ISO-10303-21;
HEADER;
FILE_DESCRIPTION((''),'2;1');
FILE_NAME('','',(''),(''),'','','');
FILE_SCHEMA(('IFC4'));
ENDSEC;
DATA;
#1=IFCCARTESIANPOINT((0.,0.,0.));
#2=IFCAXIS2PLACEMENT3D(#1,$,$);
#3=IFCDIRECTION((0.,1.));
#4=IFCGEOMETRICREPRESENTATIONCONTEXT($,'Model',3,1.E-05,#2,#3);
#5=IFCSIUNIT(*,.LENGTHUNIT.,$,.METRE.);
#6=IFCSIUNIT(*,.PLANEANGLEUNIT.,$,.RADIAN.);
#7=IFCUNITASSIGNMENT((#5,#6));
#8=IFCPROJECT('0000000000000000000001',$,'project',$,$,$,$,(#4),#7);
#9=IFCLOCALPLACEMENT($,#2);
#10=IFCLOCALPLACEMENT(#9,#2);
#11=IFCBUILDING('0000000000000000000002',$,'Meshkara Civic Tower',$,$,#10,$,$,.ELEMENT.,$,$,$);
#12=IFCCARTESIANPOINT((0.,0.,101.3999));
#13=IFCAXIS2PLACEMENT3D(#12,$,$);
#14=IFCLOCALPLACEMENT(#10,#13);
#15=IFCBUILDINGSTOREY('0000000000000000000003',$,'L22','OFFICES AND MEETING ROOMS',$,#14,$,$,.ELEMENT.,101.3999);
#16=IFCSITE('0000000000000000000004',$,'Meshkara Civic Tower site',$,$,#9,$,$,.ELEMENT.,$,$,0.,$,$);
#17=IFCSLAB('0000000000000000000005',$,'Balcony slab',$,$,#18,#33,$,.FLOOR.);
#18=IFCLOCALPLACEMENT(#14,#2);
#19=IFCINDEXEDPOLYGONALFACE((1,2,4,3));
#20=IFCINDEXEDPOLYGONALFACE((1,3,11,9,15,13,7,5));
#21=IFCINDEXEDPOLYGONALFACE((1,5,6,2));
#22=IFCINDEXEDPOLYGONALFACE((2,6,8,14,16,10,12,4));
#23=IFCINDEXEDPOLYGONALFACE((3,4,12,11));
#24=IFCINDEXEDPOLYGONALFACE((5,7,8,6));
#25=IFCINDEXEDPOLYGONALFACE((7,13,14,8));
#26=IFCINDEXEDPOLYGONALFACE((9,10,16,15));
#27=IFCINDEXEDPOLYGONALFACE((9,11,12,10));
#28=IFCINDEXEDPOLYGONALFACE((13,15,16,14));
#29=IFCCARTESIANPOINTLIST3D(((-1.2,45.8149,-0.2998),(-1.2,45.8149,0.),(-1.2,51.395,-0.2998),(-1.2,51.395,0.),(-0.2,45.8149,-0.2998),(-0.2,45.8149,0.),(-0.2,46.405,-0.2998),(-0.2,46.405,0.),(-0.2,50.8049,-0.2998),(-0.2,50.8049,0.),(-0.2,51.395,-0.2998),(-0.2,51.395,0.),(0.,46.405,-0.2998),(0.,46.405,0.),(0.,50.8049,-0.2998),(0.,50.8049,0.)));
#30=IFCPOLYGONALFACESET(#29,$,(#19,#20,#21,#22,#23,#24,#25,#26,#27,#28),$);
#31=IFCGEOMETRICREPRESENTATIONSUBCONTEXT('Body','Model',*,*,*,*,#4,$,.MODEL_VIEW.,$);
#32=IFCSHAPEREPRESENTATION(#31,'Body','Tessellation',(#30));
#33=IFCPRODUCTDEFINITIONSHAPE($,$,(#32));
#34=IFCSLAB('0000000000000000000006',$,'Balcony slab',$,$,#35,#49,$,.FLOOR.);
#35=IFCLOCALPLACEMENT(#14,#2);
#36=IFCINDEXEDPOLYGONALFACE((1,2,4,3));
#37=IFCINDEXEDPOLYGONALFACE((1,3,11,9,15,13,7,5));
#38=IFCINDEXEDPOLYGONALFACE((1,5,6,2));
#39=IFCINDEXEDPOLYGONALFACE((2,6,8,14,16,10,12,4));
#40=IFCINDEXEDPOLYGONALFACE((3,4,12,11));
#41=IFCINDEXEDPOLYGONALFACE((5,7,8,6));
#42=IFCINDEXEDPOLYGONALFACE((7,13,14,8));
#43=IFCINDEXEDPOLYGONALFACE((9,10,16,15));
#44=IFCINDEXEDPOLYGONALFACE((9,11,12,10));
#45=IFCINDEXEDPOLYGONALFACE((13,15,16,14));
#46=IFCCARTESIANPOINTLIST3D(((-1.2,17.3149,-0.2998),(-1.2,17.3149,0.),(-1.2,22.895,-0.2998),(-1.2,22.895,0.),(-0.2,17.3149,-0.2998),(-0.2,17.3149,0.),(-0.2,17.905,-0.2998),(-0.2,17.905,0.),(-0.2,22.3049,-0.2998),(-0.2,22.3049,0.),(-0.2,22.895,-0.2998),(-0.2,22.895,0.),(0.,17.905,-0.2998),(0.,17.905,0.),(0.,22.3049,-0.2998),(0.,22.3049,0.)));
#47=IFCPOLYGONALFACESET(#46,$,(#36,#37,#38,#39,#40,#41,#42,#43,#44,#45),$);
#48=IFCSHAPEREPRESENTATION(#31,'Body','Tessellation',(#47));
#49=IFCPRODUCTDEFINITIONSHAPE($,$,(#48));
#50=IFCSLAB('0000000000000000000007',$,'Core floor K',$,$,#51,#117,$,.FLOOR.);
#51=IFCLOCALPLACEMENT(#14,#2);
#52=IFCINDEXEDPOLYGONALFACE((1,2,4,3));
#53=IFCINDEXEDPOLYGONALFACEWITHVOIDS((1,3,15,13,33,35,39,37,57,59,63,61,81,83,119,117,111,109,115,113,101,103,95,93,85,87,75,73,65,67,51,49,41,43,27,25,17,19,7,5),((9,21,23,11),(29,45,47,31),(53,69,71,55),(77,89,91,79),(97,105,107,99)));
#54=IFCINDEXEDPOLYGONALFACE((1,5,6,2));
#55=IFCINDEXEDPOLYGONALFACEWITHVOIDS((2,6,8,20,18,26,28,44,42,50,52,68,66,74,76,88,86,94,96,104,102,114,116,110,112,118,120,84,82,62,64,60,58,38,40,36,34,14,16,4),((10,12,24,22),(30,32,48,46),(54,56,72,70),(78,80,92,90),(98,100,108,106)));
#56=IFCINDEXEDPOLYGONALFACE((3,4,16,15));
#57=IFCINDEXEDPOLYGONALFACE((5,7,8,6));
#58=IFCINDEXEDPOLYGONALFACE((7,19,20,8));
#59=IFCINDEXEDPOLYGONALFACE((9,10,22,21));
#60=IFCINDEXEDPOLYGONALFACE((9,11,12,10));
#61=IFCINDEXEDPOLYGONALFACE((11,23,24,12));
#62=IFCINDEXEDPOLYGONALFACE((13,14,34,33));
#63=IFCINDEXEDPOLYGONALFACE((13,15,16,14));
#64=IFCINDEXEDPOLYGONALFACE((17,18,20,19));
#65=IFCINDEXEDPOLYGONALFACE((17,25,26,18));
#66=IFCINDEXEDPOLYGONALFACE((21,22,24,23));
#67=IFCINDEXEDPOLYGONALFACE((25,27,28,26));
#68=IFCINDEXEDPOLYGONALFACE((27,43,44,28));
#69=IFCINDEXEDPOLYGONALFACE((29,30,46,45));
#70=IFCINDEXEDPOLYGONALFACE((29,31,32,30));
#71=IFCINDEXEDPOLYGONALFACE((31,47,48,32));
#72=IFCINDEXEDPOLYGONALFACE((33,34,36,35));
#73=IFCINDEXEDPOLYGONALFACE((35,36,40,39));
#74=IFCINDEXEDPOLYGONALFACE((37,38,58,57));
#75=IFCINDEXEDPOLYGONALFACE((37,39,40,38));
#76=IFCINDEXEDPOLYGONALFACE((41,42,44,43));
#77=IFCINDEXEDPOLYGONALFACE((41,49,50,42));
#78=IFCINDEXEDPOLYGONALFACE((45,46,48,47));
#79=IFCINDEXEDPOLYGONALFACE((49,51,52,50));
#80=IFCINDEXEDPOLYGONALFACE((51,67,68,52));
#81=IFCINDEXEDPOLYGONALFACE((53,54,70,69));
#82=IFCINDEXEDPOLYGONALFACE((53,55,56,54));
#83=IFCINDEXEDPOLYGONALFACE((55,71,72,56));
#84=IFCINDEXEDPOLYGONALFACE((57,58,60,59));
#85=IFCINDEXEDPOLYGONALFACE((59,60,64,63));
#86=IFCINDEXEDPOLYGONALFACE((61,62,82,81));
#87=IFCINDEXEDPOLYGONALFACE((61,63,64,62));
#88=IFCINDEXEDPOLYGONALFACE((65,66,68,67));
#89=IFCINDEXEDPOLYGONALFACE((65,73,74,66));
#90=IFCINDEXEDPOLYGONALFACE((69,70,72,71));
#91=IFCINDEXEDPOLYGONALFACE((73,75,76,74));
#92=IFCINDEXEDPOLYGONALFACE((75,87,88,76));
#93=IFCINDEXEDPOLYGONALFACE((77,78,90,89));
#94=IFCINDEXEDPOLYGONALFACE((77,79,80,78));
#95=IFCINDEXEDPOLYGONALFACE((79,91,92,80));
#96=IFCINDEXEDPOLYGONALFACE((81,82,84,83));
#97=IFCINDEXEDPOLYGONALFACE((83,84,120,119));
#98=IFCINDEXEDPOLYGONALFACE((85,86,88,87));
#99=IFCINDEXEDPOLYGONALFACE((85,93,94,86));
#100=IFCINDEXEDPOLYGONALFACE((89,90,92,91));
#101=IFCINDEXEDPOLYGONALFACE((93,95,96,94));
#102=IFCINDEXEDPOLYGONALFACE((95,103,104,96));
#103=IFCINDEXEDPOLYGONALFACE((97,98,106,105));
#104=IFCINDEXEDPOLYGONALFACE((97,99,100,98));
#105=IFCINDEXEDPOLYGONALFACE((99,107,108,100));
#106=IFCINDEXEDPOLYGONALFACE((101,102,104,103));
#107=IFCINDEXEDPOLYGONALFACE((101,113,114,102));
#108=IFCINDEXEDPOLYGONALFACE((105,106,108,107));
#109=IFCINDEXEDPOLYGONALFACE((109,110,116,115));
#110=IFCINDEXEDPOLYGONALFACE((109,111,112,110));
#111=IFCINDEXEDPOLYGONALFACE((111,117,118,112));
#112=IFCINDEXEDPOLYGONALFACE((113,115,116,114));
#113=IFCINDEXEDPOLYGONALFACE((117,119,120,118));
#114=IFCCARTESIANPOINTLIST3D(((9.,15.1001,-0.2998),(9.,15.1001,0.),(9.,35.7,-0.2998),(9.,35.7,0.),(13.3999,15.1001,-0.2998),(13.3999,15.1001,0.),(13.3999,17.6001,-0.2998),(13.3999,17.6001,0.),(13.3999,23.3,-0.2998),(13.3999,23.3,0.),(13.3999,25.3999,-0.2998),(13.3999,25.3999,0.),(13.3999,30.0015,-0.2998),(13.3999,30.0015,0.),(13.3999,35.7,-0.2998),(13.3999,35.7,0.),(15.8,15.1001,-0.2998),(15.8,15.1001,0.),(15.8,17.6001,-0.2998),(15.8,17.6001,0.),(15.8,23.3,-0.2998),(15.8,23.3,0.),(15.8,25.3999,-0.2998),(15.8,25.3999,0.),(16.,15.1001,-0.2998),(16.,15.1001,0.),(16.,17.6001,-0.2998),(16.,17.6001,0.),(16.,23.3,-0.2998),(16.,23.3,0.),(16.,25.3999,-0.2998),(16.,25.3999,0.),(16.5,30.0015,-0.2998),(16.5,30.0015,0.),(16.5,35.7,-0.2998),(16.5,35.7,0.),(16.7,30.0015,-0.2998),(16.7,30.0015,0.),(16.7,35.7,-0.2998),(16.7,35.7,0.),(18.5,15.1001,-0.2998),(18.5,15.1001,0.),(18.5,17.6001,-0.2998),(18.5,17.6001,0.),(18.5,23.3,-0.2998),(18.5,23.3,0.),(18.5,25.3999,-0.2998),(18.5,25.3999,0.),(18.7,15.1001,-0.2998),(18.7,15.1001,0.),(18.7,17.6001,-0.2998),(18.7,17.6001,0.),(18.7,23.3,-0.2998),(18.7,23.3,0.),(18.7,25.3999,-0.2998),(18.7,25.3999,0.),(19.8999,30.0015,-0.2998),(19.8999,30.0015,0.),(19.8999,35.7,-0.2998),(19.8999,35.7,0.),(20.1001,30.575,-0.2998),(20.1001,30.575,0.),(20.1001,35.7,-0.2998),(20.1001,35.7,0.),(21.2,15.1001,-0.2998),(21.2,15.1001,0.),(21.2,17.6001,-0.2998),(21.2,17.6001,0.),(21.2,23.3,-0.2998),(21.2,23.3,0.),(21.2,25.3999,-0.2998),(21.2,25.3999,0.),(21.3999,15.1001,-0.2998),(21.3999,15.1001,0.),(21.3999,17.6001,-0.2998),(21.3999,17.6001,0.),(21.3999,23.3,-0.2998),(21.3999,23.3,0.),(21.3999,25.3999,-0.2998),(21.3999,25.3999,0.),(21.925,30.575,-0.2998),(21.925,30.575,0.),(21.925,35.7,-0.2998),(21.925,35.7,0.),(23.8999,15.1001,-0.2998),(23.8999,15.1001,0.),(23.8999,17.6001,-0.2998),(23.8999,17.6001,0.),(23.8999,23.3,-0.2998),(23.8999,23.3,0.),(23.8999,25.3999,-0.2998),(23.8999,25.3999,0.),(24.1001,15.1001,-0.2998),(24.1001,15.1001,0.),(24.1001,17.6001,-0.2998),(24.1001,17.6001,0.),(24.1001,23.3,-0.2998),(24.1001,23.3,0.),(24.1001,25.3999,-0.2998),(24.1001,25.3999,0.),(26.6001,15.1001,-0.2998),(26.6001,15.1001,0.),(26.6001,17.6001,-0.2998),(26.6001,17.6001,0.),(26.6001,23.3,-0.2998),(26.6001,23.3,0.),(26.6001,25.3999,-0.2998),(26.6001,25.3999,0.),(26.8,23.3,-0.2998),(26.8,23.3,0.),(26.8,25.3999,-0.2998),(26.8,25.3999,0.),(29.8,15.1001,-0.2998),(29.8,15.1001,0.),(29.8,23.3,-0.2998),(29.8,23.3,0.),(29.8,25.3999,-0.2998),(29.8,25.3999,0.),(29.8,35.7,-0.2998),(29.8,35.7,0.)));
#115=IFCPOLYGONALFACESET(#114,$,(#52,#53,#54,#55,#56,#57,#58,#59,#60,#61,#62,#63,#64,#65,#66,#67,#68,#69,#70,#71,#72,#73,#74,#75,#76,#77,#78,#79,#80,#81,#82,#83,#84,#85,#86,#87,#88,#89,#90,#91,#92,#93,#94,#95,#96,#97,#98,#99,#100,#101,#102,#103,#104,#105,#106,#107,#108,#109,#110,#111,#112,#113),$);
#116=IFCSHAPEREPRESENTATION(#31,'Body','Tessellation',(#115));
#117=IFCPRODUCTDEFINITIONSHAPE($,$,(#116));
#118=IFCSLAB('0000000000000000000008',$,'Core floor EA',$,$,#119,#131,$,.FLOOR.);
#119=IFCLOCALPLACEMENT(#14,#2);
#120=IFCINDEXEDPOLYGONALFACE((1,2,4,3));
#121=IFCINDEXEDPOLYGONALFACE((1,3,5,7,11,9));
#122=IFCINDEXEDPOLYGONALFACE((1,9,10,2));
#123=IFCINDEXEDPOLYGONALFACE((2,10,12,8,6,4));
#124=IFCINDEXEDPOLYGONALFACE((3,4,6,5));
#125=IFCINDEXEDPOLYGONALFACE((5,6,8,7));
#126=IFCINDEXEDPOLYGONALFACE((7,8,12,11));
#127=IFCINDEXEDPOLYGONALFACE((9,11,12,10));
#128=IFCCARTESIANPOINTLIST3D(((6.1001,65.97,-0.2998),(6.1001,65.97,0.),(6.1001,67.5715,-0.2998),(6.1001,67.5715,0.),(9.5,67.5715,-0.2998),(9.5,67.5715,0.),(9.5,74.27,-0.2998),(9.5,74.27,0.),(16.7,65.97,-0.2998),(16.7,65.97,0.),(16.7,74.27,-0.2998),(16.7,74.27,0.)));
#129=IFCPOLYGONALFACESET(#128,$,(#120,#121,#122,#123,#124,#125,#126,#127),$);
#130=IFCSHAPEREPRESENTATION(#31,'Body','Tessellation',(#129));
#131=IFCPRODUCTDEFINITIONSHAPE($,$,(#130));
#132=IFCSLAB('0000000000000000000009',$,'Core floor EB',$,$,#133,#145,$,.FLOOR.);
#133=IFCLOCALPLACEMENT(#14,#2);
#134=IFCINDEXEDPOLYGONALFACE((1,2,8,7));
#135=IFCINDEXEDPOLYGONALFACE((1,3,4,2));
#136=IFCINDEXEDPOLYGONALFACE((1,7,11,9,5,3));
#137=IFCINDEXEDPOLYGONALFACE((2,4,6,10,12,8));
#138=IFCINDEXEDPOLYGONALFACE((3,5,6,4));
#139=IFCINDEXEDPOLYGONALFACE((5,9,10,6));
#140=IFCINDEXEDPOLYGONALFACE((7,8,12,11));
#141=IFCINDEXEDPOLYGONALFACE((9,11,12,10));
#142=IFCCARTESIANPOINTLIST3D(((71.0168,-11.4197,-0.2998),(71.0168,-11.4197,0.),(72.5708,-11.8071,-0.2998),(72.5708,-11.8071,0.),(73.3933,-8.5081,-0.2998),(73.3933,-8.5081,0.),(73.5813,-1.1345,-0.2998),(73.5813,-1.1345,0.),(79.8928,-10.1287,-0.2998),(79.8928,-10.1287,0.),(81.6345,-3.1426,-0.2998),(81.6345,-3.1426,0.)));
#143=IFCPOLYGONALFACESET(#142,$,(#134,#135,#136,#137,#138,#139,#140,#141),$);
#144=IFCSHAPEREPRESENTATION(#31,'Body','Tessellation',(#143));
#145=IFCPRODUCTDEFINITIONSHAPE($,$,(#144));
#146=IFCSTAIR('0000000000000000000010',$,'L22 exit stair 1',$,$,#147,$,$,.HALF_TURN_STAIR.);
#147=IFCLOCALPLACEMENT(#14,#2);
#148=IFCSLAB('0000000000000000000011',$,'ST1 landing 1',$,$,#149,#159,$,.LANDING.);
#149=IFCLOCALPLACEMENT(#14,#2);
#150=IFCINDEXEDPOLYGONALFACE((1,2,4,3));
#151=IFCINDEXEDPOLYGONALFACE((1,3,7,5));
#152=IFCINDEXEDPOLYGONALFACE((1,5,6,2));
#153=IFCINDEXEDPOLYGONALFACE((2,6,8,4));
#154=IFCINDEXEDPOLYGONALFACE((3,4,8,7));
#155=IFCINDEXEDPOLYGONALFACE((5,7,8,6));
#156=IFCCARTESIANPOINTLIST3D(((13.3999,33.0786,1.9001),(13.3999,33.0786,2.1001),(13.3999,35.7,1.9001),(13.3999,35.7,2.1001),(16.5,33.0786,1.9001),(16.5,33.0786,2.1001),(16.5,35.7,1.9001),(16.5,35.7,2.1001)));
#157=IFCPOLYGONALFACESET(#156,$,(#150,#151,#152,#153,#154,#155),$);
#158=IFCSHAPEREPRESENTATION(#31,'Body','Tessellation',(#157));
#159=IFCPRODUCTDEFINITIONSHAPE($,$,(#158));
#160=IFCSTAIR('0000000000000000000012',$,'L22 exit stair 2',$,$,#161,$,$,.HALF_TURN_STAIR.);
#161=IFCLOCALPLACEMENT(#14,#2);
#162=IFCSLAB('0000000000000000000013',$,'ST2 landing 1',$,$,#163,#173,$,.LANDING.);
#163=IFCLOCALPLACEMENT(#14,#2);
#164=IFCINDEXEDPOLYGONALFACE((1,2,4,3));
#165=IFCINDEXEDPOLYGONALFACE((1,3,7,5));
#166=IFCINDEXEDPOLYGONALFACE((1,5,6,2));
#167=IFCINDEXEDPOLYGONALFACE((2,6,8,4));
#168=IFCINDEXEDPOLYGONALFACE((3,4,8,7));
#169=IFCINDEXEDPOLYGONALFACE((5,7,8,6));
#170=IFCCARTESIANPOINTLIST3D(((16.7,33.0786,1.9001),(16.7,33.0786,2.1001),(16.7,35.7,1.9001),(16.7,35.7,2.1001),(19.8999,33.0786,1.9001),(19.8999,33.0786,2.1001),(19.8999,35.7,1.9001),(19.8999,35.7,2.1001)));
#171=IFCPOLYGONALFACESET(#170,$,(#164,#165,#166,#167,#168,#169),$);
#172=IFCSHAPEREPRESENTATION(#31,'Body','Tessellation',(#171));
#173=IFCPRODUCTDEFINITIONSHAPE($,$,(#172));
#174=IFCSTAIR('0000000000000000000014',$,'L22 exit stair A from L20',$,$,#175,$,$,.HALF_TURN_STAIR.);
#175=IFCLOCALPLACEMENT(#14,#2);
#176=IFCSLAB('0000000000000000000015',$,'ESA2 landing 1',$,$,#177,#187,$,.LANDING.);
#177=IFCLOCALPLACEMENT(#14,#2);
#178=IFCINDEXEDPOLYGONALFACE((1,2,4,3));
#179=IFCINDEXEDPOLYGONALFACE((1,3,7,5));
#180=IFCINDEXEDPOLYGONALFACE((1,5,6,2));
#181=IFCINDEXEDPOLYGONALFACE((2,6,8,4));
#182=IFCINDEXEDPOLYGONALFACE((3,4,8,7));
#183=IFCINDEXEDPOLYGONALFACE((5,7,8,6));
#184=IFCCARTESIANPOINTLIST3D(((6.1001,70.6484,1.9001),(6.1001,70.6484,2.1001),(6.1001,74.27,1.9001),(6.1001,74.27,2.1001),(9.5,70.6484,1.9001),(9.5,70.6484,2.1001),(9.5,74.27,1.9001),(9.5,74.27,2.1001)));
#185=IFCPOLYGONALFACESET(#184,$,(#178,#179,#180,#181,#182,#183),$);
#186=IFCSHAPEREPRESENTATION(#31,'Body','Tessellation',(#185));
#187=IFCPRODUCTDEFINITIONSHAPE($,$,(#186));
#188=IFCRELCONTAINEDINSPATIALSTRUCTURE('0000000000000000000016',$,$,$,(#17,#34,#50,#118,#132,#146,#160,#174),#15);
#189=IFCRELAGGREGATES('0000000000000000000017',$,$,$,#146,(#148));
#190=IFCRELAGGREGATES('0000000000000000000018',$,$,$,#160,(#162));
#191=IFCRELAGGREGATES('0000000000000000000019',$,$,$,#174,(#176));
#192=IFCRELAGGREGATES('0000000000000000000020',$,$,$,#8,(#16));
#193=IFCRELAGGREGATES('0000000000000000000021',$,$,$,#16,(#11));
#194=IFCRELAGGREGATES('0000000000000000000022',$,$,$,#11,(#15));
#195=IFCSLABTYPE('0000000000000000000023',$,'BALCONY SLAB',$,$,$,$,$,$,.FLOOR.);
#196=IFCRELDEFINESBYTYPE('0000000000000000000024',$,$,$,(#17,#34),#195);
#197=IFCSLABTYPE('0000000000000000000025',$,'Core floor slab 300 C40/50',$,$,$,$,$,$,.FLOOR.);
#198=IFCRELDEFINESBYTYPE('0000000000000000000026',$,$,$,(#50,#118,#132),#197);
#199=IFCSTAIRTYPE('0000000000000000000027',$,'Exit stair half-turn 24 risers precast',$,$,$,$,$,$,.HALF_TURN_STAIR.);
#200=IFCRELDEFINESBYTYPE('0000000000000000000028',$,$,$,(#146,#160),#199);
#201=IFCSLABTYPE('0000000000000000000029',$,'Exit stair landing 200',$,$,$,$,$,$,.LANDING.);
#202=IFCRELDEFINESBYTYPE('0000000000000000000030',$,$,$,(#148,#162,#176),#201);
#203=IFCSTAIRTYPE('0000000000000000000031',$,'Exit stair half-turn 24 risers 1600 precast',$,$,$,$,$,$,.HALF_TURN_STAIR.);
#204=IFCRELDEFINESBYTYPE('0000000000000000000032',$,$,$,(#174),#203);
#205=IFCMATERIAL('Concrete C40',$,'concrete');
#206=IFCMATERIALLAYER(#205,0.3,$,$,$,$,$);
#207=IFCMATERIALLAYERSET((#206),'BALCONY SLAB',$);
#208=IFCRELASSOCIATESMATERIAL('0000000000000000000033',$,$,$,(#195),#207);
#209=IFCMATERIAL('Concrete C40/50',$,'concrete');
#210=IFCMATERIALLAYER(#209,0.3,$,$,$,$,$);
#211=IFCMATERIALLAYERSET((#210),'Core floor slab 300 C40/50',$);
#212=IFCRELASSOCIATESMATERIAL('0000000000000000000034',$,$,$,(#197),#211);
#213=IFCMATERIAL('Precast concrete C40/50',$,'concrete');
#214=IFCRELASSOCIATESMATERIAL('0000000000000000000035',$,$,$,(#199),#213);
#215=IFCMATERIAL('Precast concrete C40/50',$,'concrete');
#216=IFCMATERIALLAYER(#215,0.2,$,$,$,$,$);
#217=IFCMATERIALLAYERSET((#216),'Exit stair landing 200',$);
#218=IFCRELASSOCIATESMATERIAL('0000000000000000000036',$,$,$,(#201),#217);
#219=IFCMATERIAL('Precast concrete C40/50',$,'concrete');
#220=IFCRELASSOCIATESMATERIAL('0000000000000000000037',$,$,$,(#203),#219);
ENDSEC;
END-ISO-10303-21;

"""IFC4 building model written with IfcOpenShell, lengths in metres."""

from ifc_helpers import new_model, si_unit, direction, frame, origin, place, context, subcontext, project, spatial, polyline, outline, extrude, material, layer, layer_set, type_object, element, aggregate, save


model = new_model("IFC4")

# Units and contexts
model_context = context("Model", 3, precision=1e-05, world=origin(), true_north=direction((0.0, 1.0)))
body_context = subcontext(model_context, "Body", "Model", "MODEL_VIEW")
ifc_project = project(units=[si_unit("LENGTHUNIT", "METRE"), si_unit("PLANEANGLEUNIT", "RADIAN")], contexts=[model_context])

# Site, building, storey
site_placement = place(None, origin())
site = spatial("IfcSite", under=ifc_project, at=site_placement, Name="Meshkara Civic Tower site", CompositionType="ELEMENT", RefElevation=0.0)
building_placement = place(site_placement, origin())
building = spatial("IfcBuilding", under=site, at=building_placement, Name="Meshkara Civic Tower", CompositionType="ELEMENT")
storey_placement = place(building_placement, frame((0.0, 0.0, 101.3999)))
storey = spatial("IfcBuildingStorey", under=building, at=storey_placement, Name="L22", Description="OFFICES AND MEETING ROOMS", CompositionType="ELEMENT", Elevation=101.3999)

# Slabs
ifc_material_1 = material(Name="Concrete C40", Category="concrete")
ifc_layer_1 = layer(ifc_material_1, 0.3)
ifc_layer_set_1 = layer_set([ifc_layer_1], Name="BALCONY SLAB")
slab_type_1 = type_object("IfcSlabType", Name="BALCONY SLAB", PredefinedType="FLOOR", material=ifc_layer_set_1)
slab_1_placement = place(storey_placement, frame((0.0, 0.0, -0.2998)))
element("IfcSlab", 1, at=slab_1_placement, inside=storey, type_object=slab_type_1, Name="Balcony slab", PredefinedType="FLOOR", context=body_context, shape_type="SweptSolid", body=[
    extrude(outline(polyline([(-1.2, 45.8149), (-1.2, 51.395), (-0.2, 51.395), (-0.2, 50.8049), (0.0, 50.8049), (0.0, 46.405), (-0.2, 46.405), (-0.2, 45.8149), (-1.2, 45.8149)])), origin(), (0.0, 0.0, 1.0), 0.2998),
])
slab_2_placement = place(storey_placement, frame((0.0, 0.0, -0.2998)))
element("IfcSlab", 2, at=slab_2_placement, inside=storey, type_object=slab_type_1, Name="Balcony slab", PredefinedType="FLOOR", context=body_context, shape_type="SweptSolid", body=[
    extrude(outline(polyline([(-1.2, 17.3149), (-1.2, 22.895), (-0.2, 22.895), (-0.2, 22.3049), (0.0, 22.3049), (0.0, 17.905), (-0.2, 17.905), (-0.2, 17.3149), (-1.2, 17.3149)])), origin(), (0.0, 0.0, 1.0), 0.2998),
])
ifc_material_2 = material(Name="Concrete C40/50", Category="concrete")
ifc_layer_2 = layer(ifc_material_2, 0.3)
ifc_layer_set_2 = layer_set([ifc_layer_2], Name="Core floor slab 300 C40/50")
slab_type_2 = type_object("IfcSlabType", Name="Core floor slab 300 C40/50", PredefinedType="FLOOR", material=ifc_layer_set_2)
slab_3_placement = place(storey_placement, frame((0.0, 0.0, -0.2998)))
element("IfcSlab", 3, at=slab_3_placement, inside=storey, type_object=slab_type_2, Name="Core floor K", PredefinedType="FLOOR", context=body_context, shape_type="SweptSolid", body=[
    extrude(outline(polyline([(9.0, 35.7), (13.3999, 35.7), (13.3999, 30.0015), (16.5, 30.0015), (16.5, 35.7), (16.7, 35.7), (16.7, 30.0015), (19.8999, 30.0015), (19.8999, 35.7), (20.1001, 35.7), (20.1001, 30.575), (21.925, 30.575), (21.925, 35.7), (29.8, 35.7), (29.8, 25.3999), (26.8, 25.3999), (26.8, 23.3), (29.8, 23.3), (29.8, 15.1001), (26.6001, 15.1001), (26.6001, 17.6001), (24.1001, 17.6001), (24.1001, 15.1001), (23.8999, 15.1001), (23.8999, 17.6001), (21.3999, 17.6001), (21.3999, 15.1001), (21.2, 15.1001), (21.2, 17.6001), (18.7, 17.6001), (18.7, 15.1001), (18.5, 15.1001), (18.5, 17.6001), (16.0, 17.6001), (16.0, 15.1001), (15.8, 15.1001), (15.8, 17.6001), (13.3999, 17.6001), (13.3999, 15.1001), (9.0, 15.1001), (9.0, 35.7)]), holes=[polyline([(13.3999, 25.3999), (13.3999, 23.3), (15.8, 23.3), (15.8, 25.3999), (13.3999, 25.3999)]), polyline([(18.5, 23.3), (18.5, 25.3999), (16.0, 25.3999), (16.0, 23.3), (18.5, 23.3)]), polyline([(18.7, 25.3999), (18.7, 23.3), (21.2, 23.3), (21.2, 25.3999), (18.7, 25.3999)]), polyline([(23.8999, 23.3), (23.8999, 25.3999), (21.3999, 25.3999), (21.3999, 23.3), (23.8999, 23.3)]), polyline([(26.6001, 23.3), (26.6001, 25.3999), (24.1001, 25.3999), (24.1001, 23.3), (26.6001, 23.3)])]), origin(), (0.0, 0.0, 1.0), 0.2998),
])
slab_4_placement = place(storey_placement, frame((0.0, 0.0, -0.2998)))
element("IfcSlab", 4, at=slab_4_placement, inside=storey, type_object=slab_type_2, Name="Core floor EA", PredefinedType="FLOOR", context=body_context, shape_type="SweptSolid", body=[
    extrude(outline(polyline([(16.7, 65.97), (16.7, 74.27), (9.5, 74.27), (9.5, 67.5715), (6.1001, 67.5715), (6.1001, 65.97), (16.7, 65.97)])), origin(), (0.0, 0.0, 1.0), 0.2998),
])
slab_5_placement = place(storey_placement, frame((0.0, 0.0, -0.2998)))
element("IfcSlab", 5, at=slab_5_placement, inside=storey, type_object=slab_type_2, Name="Core floor EB", PredefinedType="FLOOR", context=body_context, shape_type="SweptSolid", body=[
    extrude(outline(polyline([(73.5813, -1.1345), (81.6345, -3.1426), (79.8928, -10.1287), (73.3933, -8.5081), (72.5708, -11.8071), (71.0168, -11.4197), (73.5813, -1.1345)])), origin(), (0.0, 0.0, 1.0), 0.2998),
])

# Stairs, slabs
ifc_material_3 = material(Name="Precast concrete C40/50", Category="concrete")
stair_type_1 = type_object("IfcStairType", Name="Exit stair half-turn 24 risers precast", PredefinedType="HALF_TURN_STAIR", material=ifc_material_3)
stair_1_placement = place(storey_placement, origin())
stair_1 = element("IfcStair", 6, at=stair_1_placement, inside=storey, type_object=stair_type_1, Name="L22 exit stair 1", PredefinedType="HALF_TURN_STAIR")
ifc_material_4 = material(Name="Precast concrete C40/50", Category="concrete")
ifc_layer_3 = layer(ifc_material_4, 0.2)
ifc_layer_set_3 = layer_set([ifc_layer_3], Name="Exit stair landing 200")
slab_type_3 = type_object("IfcSlabType", Name="Exit stair landing 200", PredefinedType="LANDING", material=ifc_layer_set_3)
slab_6_placement = place(storey_placement, frame((0.0, 0.0, 1.9001)))
slab_6 = element("IfcSlab", 7, at=slab_6_placement, type_object=slab_type_3, Name="ST1 landing 1", PredefinedType="LANDING", context=body_context, shape_type="SweptSolid", body=[
    extrude(outline(polyline([(16.5, 33.0786), (16.5, 35.7), (13.3999, 35.7), (13.3999, 33.0786), (16.5, 33.0786)])), origin(), (0.0, 0.0, 1.0), 0.2),
])
aggregate(stair_1, [slab_6])
stair_2_placement = place(storey_placement, origin())
stair_2 = element("IfcStair", 8, at=stair_2_placement, inside=storey, type_object=stair_type_1, Name="L22 exit stair 2", PredefinedType="HALF_TURN_STAIR")
slab_7_placement = place(storey_placement, frame((0.0, 0.0, 1.9001)))
slab_7 = element("IfcSlab", 9, at=slab_7_placement, type_object=slab_type_3, Name="ST2 landing 1", PredefinedType="LANDING", context=body_context, shape_type="SweptSolid", body=[
    extrude(outline(polyline([(19.8999, 33.0786), (19.8999, 35.7), (16.7, 35.7), (16.7, 33.0786), (19.8999, 33.0786)])), origin(), (0.0, 0.0, 1.0), 0.2),
])
aggregate(stair_2, [slab_7])
ifc_material_5 = material(Name="Precast concrete C40/50", Category="concrete")
stair_type_2 = type_object("IfcStairType", Name="Exit stair half-turn 24 risers 1600 precast", PredefinedType="HALF_TURN_STAIR", material=ifc_material_5)
stair_3_placement = place(storey_placement, origin())
stair_3 = element("IfcStair", 10, at=stair_3_placement, inside=storey, type_object=stair_type_2, Name="L22 exit stair A from L20", PredefinedType="HALF_TURN_STAIR")
slab_8_placement = place(storey_placement, frame((0.0, 0.0, 1.9001)))
slab_8 = element("IfcSlab", 11, at=slab_8_placement, type_object=slab_type_3, Name="ESA2 landing 1", PredefinedType="LANDING", context=body_context, shape_type="SweptSolid", body=[
    extrude(outline(polyline([(9.5, 70.6484), (9.5, 74.27), (6.1001, 74.27), (6.1001, 70.6484), (9.5, 70.6484)])), origin(), (0.0, 0.0, 1.0), 0.2),
])
aggregate(stair_3, [slab_8])

save(model, "model.ifc")
